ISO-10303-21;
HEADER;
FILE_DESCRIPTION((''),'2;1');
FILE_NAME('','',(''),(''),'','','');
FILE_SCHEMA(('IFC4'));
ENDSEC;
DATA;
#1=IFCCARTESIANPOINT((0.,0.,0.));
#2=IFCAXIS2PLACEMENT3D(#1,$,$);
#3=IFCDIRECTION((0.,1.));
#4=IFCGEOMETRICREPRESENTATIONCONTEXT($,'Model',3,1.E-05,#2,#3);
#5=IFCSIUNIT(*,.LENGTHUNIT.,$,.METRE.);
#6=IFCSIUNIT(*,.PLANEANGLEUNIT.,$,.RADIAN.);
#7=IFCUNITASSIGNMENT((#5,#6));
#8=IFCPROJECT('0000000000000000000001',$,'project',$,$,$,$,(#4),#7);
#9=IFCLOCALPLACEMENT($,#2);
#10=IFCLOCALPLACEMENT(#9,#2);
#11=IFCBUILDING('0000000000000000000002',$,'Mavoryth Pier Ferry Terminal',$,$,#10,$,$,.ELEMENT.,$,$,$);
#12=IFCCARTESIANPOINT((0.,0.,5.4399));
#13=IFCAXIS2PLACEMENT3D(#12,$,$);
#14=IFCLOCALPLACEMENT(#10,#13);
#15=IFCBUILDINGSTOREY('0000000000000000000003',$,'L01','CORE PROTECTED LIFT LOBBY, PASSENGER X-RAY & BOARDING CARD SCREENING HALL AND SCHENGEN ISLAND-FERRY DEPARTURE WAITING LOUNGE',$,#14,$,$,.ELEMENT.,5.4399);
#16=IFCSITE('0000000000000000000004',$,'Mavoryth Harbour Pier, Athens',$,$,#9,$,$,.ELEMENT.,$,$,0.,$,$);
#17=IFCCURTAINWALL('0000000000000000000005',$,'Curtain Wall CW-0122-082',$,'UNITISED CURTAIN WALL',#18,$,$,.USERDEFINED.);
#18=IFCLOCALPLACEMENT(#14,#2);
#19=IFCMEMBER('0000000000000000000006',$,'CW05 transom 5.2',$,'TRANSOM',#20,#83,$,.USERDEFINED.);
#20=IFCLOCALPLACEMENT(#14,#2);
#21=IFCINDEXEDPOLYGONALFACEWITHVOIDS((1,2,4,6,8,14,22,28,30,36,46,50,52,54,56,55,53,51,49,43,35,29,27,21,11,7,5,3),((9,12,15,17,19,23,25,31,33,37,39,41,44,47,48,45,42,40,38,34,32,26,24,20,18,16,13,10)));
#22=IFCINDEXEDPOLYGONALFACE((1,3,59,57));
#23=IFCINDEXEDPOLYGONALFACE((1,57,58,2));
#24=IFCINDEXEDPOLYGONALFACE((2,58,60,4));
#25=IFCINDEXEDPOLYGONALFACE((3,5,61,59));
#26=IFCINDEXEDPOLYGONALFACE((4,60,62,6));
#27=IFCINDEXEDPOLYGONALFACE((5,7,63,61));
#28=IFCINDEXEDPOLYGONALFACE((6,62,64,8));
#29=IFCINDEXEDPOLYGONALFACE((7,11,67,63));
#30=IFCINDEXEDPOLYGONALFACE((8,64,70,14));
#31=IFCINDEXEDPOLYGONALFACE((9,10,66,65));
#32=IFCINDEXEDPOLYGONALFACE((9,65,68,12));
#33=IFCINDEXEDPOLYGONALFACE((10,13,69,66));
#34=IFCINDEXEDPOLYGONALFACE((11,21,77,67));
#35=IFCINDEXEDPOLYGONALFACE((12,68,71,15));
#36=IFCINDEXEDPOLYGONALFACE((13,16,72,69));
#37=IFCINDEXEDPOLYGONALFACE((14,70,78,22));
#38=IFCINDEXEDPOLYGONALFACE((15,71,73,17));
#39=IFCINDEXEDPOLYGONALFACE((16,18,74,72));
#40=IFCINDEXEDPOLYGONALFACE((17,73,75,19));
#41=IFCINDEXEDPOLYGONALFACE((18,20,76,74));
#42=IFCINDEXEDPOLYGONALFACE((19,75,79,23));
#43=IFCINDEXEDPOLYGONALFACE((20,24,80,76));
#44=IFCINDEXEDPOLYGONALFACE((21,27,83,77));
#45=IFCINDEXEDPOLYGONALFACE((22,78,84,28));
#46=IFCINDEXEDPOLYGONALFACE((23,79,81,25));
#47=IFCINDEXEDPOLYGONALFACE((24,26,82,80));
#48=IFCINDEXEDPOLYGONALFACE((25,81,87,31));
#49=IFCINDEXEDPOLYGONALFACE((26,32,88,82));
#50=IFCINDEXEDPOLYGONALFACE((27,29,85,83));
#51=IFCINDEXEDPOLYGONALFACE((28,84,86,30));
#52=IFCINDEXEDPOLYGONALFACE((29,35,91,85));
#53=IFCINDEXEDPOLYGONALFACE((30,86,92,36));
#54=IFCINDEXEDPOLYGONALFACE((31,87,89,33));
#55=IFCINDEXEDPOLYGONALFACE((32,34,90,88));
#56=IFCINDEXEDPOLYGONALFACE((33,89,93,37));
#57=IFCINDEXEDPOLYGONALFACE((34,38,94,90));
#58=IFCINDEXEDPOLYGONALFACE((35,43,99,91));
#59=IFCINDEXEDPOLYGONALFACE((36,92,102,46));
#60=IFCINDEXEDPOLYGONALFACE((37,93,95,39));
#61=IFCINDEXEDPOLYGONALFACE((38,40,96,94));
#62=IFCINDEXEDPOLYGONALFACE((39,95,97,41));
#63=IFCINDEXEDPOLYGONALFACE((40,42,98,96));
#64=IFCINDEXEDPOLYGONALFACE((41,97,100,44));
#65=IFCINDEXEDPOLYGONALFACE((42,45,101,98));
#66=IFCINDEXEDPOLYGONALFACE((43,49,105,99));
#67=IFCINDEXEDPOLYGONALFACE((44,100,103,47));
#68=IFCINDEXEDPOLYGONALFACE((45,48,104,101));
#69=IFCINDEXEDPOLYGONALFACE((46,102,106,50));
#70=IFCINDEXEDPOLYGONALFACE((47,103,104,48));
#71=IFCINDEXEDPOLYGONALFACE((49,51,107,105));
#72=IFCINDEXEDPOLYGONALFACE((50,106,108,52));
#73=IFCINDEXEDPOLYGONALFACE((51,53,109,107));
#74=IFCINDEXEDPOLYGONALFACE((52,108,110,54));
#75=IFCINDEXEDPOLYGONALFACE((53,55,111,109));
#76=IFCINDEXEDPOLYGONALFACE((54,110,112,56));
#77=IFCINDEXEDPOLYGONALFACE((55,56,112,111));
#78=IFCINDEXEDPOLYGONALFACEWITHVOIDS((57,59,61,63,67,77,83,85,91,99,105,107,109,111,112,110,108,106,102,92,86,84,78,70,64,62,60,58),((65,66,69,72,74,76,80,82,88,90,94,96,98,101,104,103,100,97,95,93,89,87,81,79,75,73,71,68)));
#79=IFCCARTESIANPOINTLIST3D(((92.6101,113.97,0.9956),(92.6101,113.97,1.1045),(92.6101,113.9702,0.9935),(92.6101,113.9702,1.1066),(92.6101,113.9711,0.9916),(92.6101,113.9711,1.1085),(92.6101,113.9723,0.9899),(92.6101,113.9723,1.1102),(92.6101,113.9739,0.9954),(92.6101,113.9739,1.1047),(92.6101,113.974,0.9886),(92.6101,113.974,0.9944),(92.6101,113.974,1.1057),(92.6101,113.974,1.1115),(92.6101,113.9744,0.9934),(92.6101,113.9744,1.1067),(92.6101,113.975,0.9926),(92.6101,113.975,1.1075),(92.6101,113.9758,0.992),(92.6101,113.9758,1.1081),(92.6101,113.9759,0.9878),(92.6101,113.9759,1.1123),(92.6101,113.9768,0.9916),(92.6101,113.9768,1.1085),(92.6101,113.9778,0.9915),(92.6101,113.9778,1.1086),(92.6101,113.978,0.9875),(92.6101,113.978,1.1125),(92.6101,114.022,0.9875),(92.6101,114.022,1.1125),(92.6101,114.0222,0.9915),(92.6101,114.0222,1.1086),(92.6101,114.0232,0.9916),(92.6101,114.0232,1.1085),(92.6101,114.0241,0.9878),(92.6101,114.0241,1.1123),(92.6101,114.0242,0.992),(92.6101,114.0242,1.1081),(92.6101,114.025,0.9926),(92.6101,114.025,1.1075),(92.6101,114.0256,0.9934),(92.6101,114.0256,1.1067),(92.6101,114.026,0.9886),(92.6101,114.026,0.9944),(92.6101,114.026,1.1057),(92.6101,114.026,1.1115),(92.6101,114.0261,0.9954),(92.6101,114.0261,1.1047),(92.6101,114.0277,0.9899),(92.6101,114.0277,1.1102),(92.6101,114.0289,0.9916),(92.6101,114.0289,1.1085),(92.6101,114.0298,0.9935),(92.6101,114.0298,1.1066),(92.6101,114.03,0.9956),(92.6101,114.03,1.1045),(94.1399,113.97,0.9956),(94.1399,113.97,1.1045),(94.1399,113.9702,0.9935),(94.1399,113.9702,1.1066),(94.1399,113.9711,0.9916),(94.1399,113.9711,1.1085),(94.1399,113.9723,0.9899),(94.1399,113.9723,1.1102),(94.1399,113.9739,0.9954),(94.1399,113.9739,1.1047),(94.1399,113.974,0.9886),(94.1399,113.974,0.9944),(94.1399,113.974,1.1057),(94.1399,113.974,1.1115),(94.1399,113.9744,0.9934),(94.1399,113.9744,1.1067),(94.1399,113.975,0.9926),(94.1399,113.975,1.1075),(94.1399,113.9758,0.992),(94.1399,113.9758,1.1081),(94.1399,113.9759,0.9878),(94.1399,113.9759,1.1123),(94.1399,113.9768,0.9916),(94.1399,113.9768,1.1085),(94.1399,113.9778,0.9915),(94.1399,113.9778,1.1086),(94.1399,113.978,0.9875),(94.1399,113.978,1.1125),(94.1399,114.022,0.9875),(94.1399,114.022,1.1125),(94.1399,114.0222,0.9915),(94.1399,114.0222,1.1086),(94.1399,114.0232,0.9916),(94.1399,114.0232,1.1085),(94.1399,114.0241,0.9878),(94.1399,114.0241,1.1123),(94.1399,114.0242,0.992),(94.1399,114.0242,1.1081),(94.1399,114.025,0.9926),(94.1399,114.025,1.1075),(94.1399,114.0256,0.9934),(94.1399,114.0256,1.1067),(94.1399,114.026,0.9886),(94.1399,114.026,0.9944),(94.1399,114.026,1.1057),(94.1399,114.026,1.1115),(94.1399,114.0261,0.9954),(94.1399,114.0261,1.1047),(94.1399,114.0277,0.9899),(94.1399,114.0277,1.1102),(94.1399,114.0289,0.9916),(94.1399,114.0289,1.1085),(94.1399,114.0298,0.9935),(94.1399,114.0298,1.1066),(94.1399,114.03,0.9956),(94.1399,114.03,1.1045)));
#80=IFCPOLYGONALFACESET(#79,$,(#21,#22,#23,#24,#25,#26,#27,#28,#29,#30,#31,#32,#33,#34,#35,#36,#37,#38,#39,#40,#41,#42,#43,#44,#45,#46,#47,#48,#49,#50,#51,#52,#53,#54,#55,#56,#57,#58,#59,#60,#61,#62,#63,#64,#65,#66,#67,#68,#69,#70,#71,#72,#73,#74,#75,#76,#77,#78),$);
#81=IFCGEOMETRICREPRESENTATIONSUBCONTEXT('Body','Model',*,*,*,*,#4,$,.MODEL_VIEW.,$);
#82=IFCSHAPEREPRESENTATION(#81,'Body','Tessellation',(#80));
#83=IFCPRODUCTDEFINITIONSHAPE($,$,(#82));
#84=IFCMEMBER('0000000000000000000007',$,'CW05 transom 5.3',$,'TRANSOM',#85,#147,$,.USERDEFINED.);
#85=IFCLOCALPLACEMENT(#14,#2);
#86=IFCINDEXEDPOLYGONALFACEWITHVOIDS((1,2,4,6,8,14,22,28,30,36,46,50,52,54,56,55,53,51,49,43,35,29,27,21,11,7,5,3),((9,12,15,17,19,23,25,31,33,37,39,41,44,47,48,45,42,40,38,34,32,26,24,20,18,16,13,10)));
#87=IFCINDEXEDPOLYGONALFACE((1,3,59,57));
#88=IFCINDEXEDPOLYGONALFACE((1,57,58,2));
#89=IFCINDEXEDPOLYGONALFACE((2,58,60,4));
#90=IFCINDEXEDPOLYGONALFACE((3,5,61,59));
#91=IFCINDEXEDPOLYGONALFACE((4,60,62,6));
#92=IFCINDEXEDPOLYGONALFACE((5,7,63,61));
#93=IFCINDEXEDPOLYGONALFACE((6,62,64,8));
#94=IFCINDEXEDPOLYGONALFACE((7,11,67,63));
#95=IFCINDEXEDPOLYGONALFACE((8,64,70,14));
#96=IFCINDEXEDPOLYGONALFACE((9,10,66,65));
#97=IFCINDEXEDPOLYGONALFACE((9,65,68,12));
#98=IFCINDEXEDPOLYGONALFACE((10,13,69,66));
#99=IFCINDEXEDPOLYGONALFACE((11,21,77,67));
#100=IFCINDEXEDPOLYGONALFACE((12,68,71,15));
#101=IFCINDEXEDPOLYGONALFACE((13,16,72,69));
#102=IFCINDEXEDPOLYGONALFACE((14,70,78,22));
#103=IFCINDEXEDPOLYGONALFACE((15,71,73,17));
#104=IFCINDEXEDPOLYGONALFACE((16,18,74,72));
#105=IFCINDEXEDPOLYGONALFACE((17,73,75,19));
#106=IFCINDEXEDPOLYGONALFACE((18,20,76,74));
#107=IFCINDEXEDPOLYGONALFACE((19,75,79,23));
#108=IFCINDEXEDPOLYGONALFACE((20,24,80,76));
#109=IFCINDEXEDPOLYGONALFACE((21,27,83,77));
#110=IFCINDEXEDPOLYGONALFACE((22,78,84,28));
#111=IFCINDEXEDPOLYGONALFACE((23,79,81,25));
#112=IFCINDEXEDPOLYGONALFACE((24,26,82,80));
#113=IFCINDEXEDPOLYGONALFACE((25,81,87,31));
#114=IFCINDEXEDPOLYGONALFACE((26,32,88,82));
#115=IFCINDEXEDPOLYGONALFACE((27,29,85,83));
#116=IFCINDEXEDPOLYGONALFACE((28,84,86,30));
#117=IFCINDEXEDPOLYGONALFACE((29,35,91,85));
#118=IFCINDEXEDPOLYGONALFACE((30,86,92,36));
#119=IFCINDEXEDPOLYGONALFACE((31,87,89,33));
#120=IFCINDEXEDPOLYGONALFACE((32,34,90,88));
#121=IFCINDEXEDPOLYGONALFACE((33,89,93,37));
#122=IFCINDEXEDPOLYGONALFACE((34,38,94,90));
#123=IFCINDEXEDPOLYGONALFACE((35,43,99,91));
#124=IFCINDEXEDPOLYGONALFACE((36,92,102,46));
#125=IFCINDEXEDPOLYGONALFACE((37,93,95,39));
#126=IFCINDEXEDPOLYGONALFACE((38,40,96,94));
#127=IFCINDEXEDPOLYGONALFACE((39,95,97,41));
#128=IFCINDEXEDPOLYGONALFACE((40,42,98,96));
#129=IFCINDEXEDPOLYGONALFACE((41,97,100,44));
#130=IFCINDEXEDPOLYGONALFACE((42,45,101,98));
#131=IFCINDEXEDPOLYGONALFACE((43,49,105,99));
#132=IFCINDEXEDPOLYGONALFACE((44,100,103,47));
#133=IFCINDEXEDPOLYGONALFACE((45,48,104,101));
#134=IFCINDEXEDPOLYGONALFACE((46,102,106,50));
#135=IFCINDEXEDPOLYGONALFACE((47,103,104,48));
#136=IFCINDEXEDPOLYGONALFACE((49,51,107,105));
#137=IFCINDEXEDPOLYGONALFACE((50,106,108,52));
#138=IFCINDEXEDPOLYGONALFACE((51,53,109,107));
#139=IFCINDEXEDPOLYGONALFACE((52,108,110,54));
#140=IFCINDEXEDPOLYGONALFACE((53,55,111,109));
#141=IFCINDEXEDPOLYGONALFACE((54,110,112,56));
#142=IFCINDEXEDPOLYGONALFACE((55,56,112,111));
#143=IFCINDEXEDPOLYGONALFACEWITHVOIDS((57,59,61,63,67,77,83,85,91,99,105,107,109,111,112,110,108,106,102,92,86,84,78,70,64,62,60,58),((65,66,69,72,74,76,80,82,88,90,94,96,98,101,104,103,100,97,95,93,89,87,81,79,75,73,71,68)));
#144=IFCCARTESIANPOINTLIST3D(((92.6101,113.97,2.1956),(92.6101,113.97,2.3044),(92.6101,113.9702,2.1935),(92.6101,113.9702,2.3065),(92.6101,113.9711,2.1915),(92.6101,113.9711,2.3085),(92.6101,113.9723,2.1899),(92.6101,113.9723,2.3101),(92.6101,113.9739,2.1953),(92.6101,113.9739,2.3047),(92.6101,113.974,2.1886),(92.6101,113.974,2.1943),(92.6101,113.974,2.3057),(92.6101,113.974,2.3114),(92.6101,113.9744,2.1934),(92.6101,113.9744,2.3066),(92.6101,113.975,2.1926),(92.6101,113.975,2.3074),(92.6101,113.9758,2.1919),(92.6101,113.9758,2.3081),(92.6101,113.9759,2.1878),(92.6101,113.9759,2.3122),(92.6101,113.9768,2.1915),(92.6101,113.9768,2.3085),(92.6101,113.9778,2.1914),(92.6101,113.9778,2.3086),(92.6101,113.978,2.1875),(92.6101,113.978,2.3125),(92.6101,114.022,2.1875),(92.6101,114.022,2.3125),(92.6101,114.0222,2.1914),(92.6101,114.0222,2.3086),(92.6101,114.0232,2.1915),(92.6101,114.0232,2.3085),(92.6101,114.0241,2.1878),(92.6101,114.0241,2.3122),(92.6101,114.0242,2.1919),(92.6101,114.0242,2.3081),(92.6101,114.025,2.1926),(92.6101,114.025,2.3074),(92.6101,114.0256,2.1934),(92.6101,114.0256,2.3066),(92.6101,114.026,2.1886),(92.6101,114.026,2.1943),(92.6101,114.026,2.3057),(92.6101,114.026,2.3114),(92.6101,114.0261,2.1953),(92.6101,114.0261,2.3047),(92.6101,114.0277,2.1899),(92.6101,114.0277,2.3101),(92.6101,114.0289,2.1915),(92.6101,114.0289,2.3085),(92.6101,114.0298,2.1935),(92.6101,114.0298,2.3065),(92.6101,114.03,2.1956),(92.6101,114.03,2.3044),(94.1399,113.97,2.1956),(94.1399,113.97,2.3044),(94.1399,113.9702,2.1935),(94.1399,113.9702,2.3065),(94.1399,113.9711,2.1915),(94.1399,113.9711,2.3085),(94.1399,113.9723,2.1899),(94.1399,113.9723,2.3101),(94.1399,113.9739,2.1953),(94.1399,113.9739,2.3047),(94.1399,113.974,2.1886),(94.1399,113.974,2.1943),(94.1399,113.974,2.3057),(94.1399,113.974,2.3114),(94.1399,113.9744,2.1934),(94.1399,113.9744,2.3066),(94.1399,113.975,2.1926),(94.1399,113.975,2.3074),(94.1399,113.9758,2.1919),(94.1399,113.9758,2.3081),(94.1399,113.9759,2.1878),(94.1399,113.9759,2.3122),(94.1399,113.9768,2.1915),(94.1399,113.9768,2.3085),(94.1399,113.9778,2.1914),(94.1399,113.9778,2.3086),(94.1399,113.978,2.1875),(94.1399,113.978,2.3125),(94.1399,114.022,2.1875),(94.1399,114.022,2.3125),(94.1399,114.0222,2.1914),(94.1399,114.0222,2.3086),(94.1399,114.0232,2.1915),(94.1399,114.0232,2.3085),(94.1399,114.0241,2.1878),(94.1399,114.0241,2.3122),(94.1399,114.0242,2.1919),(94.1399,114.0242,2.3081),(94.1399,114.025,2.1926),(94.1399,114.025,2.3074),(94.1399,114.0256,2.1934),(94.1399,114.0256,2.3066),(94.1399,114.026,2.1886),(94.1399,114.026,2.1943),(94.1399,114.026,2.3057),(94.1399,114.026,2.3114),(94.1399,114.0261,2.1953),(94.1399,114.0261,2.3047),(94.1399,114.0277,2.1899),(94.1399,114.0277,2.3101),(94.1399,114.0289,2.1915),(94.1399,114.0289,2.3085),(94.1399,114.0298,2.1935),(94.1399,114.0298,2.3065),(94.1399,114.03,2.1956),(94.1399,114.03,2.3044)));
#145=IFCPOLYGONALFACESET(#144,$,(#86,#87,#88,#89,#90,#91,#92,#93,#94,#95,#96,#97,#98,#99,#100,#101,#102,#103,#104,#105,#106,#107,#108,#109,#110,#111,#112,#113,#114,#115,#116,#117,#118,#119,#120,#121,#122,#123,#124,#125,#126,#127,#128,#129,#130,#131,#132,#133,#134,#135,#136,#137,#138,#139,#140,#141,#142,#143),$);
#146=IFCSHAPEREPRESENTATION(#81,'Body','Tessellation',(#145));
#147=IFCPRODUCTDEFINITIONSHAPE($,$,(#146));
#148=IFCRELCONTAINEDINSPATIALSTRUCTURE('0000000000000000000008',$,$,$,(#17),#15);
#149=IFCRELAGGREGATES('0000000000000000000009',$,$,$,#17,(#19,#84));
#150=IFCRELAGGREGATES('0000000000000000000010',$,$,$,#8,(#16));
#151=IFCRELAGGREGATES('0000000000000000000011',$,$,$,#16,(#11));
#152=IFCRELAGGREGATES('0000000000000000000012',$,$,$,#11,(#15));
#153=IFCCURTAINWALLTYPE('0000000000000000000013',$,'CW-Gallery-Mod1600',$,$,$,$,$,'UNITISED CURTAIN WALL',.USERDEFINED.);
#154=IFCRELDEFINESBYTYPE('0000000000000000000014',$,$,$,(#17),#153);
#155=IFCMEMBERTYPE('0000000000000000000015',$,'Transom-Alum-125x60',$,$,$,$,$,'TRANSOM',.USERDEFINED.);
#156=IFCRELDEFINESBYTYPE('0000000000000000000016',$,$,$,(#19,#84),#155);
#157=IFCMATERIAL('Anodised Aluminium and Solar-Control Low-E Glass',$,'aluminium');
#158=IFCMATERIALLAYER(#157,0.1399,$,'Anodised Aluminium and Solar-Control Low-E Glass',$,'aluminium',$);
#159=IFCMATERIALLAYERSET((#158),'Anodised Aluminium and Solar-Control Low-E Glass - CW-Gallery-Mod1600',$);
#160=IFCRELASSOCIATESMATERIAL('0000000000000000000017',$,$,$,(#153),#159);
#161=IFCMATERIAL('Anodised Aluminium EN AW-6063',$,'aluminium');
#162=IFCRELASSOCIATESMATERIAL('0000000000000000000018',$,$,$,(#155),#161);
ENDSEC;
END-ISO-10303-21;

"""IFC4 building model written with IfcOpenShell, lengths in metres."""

from ifc_helpers import new_model, si_unit, direction, frame, origin, origin_2d, place, context, subcontext, project, spatial, hollow_rectangle, extrude, material, layer, layer_set, material_profile, profile_set, type_object, element, aggregate, save


model = new_model("IFC4")

# Units and contexts
model_context = context("Model", 3, precision=1e-05, world=origin(), true_north=direction((0.0, 1.0)))
body_context = subcontext(model_context, "Body", "Model", "MODEL_VIEW")
ifc_project = project(units=[si_unit("LENGTHUNIT", "METRE"), si_unit("PLANEANGLEUNIT", "RADIAN")], contexts=[model_context])

# Site, building, storey
site_placement = place(None, origin())
site = spatial("IfcSite", under=ifc_project, at=site_placement, Name="Mavoryth Harbour Pier, Athens", CompositionType="ELEMENT", RefElevation=0.0)
building_placement = place(site_placement, origin())
building = spatial("IfcBuilding", under=site, at=building_placement, Name="Mavoryth Pier Ferry Terminal", CompositionType="ELEMENT")
storey_placement = place(building_placement, frame((0.0, 0.0, 5.4399)))
storey = spatial("IfcBuildingStorey", under=building, at=storey_placement, Name="L01", Description="CORE PROTECTED LIFT LOBBY, PASSENGER X-RAY & BOARDING CARD SCREENING HALL AND SCHENGEN ISLAND-FERRY DEPARTURE WAITING LOUNGE", CompositionType="ELEMENT", Elevation=5.4399)

# Curtain wall
ifc_material_1 = material(Name="Anodised Aluminium and Solar-Control Low-E Glass", Category="aluminium")
ifc_layer_1 = layer(ifc_material_1, 0.1399, Name="Anodised Aluminium and Solar-Control Low-E Glass", Category="aluminium")
ifc_layer_set_1 = layer_set([ifc_layer_1], Name="Anodised Aluminium and Solar-Control Low-E Glass - CW-Gallery-Mod1600")
curtain_wall_type = type_object("IfcCurtainWallType", Name="CW-Gallery-Mod1600", ElementType="UNITISED CURTAIN WALL", PredefinedType="USERDEFINED", material=ifc_layer_set_1)
ifc_material_2 = material(Name="Anodised Aluminium EN AW-6063", Category="aluminium")
curtain_wall_1_placement = place(storey_placement, origin())
curtain_wall_1 = element("IfcCurtainWall", 1, at=curtain_wall_1_placement, inside=storey, type_object=curtain_wall_type, Name="Curtain Wall CW-0122-082", ObjectType="UNITISED CURTAIN WALL", PredefinedType="USERDEFINED")

# Members
ifc_material_profile_1 = material_profile(ifc_material_2, hollow_rectangle(XDim=0.0601, YDim=0.125, WallThickness=0.0039, InnerFilletRadius=0.0039, OuterFilletRadius=0.0081, at=origin_2d()), Name="AL-TRAN 125x60x4", Category="aluminium")
ifc_profile_set_1 = profile_set([ifc_material_profile_1], Name="Anodised Aluminium EN AW-6063 - AL-TRAN 125x60x4")
member_type_1 = type_object("IfcMemberType", Name="Transom-Alum-125x60", ElementType="TRANSOM", PredefinedType="USERDEFINED", material=ifc_profile_set_1)
member_1_placement = place(storey_placement, frame((94.1399, 114.0, 1.05), z_axis=(-1.0, 0.0, 0.0), x_axis=(0.0, -1.0, 0.0)))
member_1 = element("IfcMember", 2, at=member_1_placement, type_object=member_type_1, Name="CW05 transom 5.2", ObjectType="TRANSOM", PredefinedType="USERDEFINED", context=body_context, shape_type="SweptSolid", body=[
    extrude(hollow_rectangle(XDim=0.0601, YDim=0.125, WallThickness=0.0039, InnerFilletRadius=0.0039, OuterFilletRadius=0.0081, at=origin_2d()), origin(), (0.0, 0.0, 1.0), 1.5298),
])
member_2_placement = place(storey_placement, frame((94.1399, 114.0, 2.25), z_axis=(-1.0, 0.0, 0.0), x_axis=(0.0, -1.0, 0.0)))
member_2 = element("IfcMember", 3, at=member_2_placement, type_object=member_type_1, Name="CW05 transom 5.3", ObjectType="TRANSOM", PredefinedType="USERDEFINED", context=body_context, shape_type="SweptSolid", body=[
    extrude(hollow_rectangle(XDim=0.0601, YDim=0.125, WallThickness=0.0039, InnerFilletRadius=0.0039, OuterFilletRadius=0.0081, at=origin_2d()), origin(), (0.0, 0.0, 1.0), 1.5298),
])

aggregate(curtain_wall_1, [member_1, member_2])

save(model, "model.ifc")
